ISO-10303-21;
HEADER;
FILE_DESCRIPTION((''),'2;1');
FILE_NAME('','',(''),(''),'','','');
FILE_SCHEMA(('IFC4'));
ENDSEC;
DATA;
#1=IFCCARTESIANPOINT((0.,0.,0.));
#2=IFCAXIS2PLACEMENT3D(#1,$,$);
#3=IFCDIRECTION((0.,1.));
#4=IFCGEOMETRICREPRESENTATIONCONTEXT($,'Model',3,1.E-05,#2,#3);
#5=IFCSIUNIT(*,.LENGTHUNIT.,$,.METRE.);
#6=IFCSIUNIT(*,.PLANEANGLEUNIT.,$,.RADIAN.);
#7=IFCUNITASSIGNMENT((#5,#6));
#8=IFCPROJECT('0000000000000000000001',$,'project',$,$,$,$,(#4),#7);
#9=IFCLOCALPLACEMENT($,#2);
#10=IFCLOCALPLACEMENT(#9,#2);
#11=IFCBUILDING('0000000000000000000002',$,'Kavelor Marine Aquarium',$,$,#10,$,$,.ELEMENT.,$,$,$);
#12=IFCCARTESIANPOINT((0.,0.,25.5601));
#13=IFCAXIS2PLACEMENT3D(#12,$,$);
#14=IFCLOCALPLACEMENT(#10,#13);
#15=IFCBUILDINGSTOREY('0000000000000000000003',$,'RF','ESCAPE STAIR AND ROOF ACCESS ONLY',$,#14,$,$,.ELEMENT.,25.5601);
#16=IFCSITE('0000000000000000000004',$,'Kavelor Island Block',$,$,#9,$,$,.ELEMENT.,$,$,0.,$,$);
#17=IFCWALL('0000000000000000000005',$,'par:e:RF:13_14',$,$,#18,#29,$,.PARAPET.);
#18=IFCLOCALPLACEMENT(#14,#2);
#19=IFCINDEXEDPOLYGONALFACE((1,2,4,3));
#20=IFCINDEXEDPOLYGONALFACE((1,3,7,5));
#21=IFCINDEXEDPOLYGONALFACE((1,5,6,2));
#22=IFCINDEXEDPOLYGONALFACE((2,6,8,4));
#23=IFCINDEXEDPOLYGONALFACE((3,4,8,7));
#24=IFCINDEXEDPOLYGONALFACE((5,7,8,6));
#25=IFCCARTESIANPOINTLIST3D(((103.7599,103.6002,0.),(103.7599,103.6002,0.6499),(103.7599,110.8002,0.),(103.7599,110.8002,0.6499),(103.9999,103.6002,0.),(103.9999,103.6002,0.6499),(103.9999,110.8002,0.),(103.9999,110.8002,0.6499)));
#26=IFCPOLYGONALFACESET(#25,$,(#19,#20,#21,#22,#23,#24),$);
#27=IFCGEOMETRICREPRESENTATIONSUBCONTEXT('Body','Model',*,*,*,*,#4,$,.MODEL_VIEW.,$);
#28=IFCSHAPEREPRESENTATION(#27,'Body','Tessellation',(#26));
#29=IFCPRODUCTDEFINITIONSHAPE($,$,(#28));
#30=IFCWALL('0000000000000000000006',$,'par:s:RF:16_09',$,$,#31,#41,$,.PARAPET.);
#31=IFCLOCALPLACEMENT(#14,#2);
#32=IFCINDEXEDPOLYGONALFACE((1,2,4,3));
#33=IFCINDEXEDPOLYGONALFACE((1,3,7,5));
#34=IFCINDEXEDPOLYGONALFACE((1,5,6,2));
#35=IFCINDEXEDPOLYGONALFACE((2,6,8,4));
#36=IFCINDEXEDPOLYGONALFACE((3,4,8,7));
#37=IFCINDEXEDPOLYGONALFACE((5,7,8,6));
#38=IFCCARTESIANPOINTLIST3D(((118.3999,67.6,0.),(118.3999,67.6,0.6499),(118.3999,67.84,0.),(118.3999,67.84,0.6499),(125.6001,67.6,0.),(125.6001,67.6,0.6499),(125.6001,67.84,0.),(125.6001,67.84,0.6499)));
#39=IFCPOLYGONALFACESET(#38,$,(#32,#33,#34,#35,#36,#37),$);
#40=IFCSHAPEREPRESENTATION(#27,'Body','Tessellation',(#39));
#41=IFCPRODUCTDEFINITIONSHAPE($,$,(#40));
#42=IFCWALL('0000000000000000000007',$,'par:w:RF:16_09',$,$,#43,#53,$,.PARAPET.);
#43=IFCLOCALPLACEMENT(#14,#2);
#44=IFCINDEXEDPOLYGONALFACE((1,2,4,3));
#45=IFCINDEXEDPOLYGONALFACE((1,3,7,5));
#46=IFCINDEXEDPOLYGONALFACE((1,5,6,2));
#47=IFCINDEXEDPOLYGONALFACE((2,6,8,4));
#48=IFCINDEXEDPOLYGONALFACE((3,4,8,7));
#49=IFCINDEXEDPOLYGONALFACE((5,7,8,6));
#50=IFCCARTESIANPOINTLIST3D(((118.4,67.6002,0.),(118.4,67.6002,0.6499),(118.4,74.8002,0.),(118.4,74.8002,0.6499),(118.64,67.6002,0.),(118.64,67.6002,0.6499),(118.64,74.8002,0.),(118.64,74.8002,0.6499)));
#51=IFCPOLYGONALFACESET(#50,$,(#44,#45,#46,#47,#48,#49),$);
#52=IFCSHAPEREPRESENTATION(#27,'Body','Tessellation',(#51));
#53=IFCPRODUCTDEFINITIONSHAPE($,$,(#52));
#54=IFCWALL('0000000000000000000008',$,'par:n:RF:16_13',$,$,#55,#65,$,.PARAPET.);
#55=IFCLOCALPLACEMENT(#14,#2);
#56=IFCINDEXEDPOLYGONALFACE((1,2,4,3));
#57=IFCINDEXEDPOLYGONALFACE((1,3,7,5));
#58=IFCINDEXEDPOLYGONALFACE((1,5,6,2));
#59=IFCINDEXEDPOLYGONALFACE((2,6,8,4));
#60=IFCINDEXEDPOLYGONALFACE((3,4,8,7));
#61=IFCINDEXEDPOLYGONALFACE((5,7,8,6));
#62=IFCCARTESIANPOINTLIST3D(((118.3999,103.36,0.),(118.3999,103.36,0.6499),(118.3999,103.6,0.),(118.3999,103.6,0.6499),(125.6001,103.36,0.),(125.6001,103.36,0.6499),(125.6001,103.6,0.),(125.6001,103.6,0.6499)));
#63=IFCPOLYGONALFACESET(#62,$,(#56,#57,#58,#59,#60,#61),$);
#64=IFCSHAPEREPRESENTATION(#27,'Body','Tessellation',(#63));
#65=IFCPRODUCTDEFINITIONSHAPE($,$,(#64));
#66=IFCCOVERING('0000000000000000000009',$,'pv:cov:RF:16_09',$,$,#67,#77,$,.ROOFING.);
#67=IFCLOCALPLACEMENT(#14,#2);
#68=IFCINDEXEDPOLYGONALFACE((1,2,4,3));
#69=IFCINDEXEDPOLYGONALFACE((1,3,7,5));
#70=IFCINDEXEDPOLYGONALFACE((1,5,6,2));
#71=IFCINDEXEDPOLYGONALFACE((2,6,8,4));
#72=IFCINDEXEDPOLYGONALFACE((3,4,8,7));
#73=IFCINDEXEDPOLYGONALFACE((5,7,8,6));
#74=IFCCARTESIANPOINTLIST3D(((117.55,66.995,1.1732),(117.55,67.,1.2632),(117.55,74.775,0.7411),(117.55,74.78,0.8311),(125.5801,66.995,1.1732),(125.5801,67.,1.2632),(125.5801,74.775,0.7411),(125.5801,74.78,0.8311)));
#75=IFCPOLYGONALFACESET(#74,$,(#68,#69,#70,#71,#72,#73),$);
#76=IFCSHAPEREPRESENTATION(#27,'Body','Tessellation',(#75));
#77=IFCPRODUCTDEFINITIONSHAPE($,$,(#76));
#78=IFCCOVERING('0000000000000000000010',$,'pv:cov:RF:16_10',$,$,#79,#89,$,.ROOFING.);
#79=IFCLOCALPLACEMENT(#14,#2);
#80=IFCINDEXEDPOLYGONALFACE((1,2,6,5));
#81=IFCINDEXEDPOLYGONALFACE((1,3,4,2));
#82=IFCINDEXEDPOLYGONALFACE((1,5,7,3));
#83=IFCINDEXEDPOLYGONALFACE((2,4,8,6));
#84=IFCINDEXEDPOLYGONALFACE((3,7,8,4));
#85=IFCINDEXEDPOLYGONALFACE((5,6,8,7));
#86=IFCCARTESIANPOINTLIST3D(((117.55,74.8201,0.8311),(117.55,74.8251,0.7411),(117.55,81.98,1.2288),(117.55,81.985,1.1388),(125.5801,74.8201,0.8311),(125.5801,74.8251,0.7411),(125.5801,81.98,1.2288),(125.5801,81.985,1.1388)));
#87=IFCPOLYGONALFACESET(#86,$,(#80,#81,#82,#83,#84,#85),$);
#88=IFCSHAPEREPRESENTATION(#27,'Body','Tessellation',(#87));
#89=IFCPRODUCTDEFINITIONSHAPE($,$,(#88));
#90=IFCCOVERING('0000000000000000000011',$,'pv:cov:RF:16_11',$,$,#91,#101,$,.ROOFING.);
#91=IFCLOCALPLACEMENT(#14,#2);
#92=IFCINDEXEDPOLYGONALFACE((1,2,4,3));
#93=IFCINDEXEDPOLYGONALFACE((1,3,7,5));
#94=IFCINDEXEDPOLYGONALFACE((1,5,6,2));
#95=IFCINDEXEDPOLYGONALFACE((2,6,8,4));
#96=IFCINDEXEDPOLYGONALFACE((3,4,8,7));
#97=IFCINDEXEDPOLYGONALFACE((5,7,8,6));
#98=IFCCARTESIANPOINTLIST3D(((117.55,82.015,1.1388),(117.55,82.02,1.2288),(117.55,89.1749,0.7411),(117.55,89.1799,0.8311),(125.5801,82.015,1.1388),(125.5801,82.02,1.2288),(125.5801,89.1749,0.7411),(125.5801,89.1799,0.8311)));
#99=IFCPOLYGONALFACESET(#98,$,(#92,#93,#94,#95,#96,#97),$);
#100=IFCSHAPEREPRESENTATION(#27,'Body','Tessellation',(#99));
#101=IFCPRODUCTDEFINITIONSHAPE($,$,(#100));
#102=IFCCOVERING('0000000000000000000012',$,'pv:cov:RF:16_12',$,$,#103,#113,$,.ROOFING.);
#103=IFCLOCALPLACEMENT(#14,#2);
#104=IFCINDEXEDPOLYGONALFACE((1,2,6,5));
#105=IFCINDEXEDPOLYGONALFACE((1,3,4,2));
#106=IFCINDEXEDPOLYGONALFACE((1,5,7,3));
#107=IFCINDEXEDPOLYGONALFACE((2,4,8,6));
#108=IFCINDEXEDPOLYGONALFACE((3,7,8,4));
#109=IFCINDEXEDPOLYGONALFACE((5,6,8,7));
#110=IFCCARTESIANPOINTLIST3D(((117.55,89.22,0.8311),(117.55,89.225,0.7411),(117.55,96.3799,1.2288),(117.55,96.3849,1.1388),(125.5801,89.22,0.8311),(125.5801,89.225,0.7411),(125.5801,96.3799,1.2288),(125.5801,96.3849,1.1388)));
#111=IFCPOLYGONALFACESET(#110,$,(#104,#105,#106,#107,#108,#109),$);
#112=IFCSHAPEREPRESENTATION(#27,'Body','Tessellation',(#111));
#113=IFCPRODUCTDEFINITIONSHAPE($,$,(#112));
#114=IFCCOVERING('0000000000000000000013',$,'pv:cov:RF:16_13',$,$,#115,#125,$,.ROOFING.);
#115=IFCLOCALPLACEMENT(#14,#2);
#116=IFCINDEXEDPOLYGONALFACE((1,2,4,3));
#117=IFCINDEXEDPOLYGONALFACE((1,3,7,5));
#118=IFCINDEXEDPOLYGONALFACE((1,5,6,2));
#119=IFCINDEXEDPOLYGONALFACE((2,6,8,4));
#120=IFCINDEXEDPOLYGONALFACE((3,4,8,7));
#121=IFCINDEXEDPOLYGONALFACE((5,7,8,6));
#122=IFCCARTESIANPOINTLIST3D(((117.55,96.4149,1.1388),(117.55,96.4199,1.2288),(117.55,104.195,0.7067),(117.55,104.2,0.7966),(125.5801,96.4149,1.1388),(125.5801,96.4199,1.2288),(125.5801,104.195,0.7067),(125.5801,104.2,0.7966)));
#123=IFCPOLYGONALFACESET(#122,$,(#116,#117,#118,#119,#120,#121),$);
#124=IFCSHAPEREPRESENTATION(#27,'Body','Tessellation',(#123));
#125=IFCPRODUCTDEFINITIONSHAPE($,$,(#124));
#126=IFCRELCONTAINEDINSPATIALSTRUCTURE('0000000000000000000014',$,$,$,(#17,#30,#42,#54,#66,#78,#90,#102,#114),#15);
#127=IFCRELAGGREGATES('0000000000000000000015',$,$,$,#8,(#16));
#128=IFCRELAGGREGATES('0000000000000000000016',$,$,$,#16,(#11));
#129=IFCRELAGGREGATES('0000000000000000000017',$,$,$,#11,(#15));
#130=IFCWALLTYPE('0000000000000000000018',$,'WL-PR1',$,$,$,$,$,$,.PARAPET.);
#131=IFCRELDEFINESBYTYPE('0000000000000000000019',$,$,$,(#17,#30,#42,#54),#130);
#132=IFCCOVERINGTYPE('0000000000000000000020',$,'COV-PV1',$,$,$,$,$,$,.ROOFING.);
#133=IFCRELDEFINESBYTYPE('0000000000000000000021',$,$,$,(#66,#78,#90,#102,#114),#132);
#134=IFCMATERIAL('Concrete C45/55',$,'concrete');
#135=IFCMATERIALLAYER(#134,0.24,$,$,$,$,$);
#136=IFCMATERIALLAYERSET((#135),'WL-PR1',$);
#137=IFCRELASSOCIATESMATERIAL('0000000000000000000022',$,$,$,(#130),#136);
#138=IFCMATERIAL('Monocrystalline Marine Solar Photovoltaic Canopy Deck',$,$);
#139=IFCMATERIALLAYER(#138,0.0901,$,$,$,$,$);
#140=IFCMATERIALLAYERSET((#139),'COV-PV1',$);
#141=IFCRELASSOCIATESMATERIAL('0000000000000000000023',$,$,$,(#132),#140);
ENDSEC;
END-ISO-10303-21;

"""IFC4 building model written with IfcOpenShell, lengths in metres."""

from ifc_helpers import new_model, si_unit, direction, frame, frame_2d, origin, place, context, subcontext, project, spatial, polyline, rectangle, outline, extrude, material, layer, layer_set, type_object, element, save


model = new_model("IFC4")

# Units and contexts
model_context = context("Model", 3, precision=1e-05, world=origin(), true_north=direction((0.0, 1.0)))
body_context = subcontext(model_context, "Body", "Model", "MODEL_VIEW")
ifc_project = project(units=[si_unit("LENGTHUNIT", "METRE"), si_unit("PLANEANGLEUNIT", "RADIAN")], contexts=[model_context])

# Site, building, storey
site_placement = place(None, origin())
site = spatial("IfcSite", under=ifc_project, at=site_placement, Name="Kavelor Island Block", CompositionType="ELEMENT", RefElevation=0.0)
building_placement = place(site_placement, origin())
building = spatial("IfcBuilding", under=site, at=building_placement, Name="Kavelor Marine Aquarium", CompositionType="ELEMENT")
storey_placement = place(building_placement, frame((0.0, 0.0, 25.5601)))
storey = spatial("IfcBuildingStorey", under=building, at=storey_placement, Name="RF", Description="ESCAPE STAIR AND ROOF ACCESS ONLY", CompositionType="ELEMENT", Elevation=25.5601)

# Walls
ifc_material_1 = material(Name="Concrete C45/55", Category="concrete")
ifc_layer_1 = layer(ifc_material_1, 0.24)
ifc_layer_set_1 = layer_set([ifc_layer_1], Name="WL-PR1")
wall_type = type_object("IfcWallType", Name="WL-PR1", PredefinedType="PARAPET", material=ifc_layer_set_1)
wall_1_placement = place(storey_placement, frame((103.8799, 103.6001, 0.0), z_axis=(0.0, 0.0, 1.0), x_axis=(0.0, 1.0, 0.0)))
element("IfcWall", 1, at=wall_1_placement, inside=storey, type_object=wall_type, Name="par:e:RF:13_14", PredefinedType="PARAPET", context=body_context, shape_type="SweptSolid", body=[
    extrude(rectangle(XDim=7.2, YDim=0.24, at=frame_2d((3.6001, 0.0))), origin(), (0.0, 0.0, 1.0), 0.6499),
])
wall_2_placement = place(storey_placement, frame((118.3999, 67.72, 0.0), z_axis=(0.0, 0.0, 1.0), x_axis=(1.0, 0.0, 0.0)))
element("IfcWall", 2, at=wall_2_placement, inside=storey, type_object=wall_type, Name="par:s:RF:16_09", PredefinedType="PARAPET", context=body_context, shape_type="SweptSolid", body=[
    extrude(rectangle(XDim=7.2002, YDim=0.24, at=frame_2d((3.6001, 0.0))), origin(), (0.0, 0.0, 1.0), 0.6499),
])
wall_3_placement = place(storey_placement, frame((118.52, 67.6001, 0.0), z_axis=(0.0, 0.0, 1.0), x_axis=(0.0, 1.0, 0.0)))
element("IfcWall", 3, at=wall_3_placement, inside=storey, type_object=wall_type, Name="par:w:RF:16_09", PredefinedType="PARAPET", context=body_context, shape_type="SweptSolid", body=[
    extrude(rectangle(XDim=7.2, YDim=0.24, at=frame_2d((3.6001, 0.0))), origin(), (0.0, 0.0, 1.0), 0.6499),
])
wall_4_placement = place(storey_placement, frame((118.3999, 103.48, 0.0), z_axis=(0.0, 0.0, 1.0), x_axis=(1.0, 0.0, 0.0)))
element("IfcWall", 4, at=wall_4_placement, inside=storey, type_object=wall_type, Name="par:n:RF:16_13", PredefinedType="PARAPET", context=body_context, shape_type="SweptSolid", body=[
    extrude(rectangle(XDim=7.2002, YDim=0.24, at=frame_2d((3.6001, 0.0))), origin(), (0.0, 0.0, 1.0), 0.6499),
])

# Coverings
ifc_material_2 = material(Name="Monocrystalline Marine Solar Photovoltaic Canopy Deck")
ifc_layer_2 = layer(ifc_material_2, 0.0901)
ifc_layer_set_2 = layer_set([ifc_layer_2], Name="COV-PV1")
covering_type = type_object("IfcCoveringType", Name="COV-PV1", PredefinedType="ROOFING", material=ifc_layer_set_2)
covering_1_placement = place(storey_placement, frame((117.55, 67.0, 1.2632), z_axis=(0.0, 0.055458, 0.998461), x_axis=(1.0, 0.0, 0.0)))
element("IfcCovering", 5, at=covering_1_placement, inside=storey, type_object=covering_type, Name="pv:cov:RF:16_09", PredefinedType="ROOFING", context=body_context, shape_type="SweptSolid", body=[
    extrude(outline(polyline([(0.0, 0.0), (8.03, 0.0), (8.03, 7.792), (0.0, 7.792), (0.0, 0.0)])), origin(), (0.0, 0.0, -1.0), 0.0901),
])
for number, where, z_axis, x_axis, name in (
    (6, (117.55, 74.8201, 0.8311), (0.0, -0.055461, 0.998461), (1.0, 0.0, 0.0), "pv:cov:RF:16_10"),
    (7, (117.55, 82.02, 1.2288), (0.0, 0.055461, 0.998461), (1.0, 0.0, 0.0), "pv:cov:RF:16_11"),
    (8, (117.55, 89.22, 0.8311), (0.0, -0.055461, 0.998461), (1.0, 0.0, 0.0), "pv:cov:RF:16_12"),
):
    element("IfcCovering", number, at=place(storey_placement, frame(where, z_axis=z_axis, x_axis=x_axis)), inside=storey, type_object=covering_type, Name=name, PredefinedType="ROOFING", context=body_context, shape_type="SweptSolid", body=[
        extrude(outline(polyline([(0.0, 0.0), (8.03, 0.0), (8.03, 7.1709), (0.0, 7.1709), (0.0, 0.0)])), origin(), (0.0, 0.0, -1.0), 0.0901),
    ])
covering_2_placement = place(storey_placement, frame((117.55, 96.4199, 1.2288), z_axis=(0.0, 0.055458, 0.998461), x_axis=(1.0, 0.0, 0.0)))
element("IfcCovering", 9, at=covering_2_placement, inside=storey, type_object=covering_type, Name="pv:cov:RF:16_13", PredefinedType="ROOFING", context=body_context, shape_type="SweptSolid", body=[
    extrude(outline(polyline([(0.0, 0.0), (8.03, 0.0), (8.03, 7.792), (0.0, 7.792), (0.0, 0.0)])), origin(), (0.0, 0.0, -1.0), 0.0901),
])

save(model, "model.ifc")
